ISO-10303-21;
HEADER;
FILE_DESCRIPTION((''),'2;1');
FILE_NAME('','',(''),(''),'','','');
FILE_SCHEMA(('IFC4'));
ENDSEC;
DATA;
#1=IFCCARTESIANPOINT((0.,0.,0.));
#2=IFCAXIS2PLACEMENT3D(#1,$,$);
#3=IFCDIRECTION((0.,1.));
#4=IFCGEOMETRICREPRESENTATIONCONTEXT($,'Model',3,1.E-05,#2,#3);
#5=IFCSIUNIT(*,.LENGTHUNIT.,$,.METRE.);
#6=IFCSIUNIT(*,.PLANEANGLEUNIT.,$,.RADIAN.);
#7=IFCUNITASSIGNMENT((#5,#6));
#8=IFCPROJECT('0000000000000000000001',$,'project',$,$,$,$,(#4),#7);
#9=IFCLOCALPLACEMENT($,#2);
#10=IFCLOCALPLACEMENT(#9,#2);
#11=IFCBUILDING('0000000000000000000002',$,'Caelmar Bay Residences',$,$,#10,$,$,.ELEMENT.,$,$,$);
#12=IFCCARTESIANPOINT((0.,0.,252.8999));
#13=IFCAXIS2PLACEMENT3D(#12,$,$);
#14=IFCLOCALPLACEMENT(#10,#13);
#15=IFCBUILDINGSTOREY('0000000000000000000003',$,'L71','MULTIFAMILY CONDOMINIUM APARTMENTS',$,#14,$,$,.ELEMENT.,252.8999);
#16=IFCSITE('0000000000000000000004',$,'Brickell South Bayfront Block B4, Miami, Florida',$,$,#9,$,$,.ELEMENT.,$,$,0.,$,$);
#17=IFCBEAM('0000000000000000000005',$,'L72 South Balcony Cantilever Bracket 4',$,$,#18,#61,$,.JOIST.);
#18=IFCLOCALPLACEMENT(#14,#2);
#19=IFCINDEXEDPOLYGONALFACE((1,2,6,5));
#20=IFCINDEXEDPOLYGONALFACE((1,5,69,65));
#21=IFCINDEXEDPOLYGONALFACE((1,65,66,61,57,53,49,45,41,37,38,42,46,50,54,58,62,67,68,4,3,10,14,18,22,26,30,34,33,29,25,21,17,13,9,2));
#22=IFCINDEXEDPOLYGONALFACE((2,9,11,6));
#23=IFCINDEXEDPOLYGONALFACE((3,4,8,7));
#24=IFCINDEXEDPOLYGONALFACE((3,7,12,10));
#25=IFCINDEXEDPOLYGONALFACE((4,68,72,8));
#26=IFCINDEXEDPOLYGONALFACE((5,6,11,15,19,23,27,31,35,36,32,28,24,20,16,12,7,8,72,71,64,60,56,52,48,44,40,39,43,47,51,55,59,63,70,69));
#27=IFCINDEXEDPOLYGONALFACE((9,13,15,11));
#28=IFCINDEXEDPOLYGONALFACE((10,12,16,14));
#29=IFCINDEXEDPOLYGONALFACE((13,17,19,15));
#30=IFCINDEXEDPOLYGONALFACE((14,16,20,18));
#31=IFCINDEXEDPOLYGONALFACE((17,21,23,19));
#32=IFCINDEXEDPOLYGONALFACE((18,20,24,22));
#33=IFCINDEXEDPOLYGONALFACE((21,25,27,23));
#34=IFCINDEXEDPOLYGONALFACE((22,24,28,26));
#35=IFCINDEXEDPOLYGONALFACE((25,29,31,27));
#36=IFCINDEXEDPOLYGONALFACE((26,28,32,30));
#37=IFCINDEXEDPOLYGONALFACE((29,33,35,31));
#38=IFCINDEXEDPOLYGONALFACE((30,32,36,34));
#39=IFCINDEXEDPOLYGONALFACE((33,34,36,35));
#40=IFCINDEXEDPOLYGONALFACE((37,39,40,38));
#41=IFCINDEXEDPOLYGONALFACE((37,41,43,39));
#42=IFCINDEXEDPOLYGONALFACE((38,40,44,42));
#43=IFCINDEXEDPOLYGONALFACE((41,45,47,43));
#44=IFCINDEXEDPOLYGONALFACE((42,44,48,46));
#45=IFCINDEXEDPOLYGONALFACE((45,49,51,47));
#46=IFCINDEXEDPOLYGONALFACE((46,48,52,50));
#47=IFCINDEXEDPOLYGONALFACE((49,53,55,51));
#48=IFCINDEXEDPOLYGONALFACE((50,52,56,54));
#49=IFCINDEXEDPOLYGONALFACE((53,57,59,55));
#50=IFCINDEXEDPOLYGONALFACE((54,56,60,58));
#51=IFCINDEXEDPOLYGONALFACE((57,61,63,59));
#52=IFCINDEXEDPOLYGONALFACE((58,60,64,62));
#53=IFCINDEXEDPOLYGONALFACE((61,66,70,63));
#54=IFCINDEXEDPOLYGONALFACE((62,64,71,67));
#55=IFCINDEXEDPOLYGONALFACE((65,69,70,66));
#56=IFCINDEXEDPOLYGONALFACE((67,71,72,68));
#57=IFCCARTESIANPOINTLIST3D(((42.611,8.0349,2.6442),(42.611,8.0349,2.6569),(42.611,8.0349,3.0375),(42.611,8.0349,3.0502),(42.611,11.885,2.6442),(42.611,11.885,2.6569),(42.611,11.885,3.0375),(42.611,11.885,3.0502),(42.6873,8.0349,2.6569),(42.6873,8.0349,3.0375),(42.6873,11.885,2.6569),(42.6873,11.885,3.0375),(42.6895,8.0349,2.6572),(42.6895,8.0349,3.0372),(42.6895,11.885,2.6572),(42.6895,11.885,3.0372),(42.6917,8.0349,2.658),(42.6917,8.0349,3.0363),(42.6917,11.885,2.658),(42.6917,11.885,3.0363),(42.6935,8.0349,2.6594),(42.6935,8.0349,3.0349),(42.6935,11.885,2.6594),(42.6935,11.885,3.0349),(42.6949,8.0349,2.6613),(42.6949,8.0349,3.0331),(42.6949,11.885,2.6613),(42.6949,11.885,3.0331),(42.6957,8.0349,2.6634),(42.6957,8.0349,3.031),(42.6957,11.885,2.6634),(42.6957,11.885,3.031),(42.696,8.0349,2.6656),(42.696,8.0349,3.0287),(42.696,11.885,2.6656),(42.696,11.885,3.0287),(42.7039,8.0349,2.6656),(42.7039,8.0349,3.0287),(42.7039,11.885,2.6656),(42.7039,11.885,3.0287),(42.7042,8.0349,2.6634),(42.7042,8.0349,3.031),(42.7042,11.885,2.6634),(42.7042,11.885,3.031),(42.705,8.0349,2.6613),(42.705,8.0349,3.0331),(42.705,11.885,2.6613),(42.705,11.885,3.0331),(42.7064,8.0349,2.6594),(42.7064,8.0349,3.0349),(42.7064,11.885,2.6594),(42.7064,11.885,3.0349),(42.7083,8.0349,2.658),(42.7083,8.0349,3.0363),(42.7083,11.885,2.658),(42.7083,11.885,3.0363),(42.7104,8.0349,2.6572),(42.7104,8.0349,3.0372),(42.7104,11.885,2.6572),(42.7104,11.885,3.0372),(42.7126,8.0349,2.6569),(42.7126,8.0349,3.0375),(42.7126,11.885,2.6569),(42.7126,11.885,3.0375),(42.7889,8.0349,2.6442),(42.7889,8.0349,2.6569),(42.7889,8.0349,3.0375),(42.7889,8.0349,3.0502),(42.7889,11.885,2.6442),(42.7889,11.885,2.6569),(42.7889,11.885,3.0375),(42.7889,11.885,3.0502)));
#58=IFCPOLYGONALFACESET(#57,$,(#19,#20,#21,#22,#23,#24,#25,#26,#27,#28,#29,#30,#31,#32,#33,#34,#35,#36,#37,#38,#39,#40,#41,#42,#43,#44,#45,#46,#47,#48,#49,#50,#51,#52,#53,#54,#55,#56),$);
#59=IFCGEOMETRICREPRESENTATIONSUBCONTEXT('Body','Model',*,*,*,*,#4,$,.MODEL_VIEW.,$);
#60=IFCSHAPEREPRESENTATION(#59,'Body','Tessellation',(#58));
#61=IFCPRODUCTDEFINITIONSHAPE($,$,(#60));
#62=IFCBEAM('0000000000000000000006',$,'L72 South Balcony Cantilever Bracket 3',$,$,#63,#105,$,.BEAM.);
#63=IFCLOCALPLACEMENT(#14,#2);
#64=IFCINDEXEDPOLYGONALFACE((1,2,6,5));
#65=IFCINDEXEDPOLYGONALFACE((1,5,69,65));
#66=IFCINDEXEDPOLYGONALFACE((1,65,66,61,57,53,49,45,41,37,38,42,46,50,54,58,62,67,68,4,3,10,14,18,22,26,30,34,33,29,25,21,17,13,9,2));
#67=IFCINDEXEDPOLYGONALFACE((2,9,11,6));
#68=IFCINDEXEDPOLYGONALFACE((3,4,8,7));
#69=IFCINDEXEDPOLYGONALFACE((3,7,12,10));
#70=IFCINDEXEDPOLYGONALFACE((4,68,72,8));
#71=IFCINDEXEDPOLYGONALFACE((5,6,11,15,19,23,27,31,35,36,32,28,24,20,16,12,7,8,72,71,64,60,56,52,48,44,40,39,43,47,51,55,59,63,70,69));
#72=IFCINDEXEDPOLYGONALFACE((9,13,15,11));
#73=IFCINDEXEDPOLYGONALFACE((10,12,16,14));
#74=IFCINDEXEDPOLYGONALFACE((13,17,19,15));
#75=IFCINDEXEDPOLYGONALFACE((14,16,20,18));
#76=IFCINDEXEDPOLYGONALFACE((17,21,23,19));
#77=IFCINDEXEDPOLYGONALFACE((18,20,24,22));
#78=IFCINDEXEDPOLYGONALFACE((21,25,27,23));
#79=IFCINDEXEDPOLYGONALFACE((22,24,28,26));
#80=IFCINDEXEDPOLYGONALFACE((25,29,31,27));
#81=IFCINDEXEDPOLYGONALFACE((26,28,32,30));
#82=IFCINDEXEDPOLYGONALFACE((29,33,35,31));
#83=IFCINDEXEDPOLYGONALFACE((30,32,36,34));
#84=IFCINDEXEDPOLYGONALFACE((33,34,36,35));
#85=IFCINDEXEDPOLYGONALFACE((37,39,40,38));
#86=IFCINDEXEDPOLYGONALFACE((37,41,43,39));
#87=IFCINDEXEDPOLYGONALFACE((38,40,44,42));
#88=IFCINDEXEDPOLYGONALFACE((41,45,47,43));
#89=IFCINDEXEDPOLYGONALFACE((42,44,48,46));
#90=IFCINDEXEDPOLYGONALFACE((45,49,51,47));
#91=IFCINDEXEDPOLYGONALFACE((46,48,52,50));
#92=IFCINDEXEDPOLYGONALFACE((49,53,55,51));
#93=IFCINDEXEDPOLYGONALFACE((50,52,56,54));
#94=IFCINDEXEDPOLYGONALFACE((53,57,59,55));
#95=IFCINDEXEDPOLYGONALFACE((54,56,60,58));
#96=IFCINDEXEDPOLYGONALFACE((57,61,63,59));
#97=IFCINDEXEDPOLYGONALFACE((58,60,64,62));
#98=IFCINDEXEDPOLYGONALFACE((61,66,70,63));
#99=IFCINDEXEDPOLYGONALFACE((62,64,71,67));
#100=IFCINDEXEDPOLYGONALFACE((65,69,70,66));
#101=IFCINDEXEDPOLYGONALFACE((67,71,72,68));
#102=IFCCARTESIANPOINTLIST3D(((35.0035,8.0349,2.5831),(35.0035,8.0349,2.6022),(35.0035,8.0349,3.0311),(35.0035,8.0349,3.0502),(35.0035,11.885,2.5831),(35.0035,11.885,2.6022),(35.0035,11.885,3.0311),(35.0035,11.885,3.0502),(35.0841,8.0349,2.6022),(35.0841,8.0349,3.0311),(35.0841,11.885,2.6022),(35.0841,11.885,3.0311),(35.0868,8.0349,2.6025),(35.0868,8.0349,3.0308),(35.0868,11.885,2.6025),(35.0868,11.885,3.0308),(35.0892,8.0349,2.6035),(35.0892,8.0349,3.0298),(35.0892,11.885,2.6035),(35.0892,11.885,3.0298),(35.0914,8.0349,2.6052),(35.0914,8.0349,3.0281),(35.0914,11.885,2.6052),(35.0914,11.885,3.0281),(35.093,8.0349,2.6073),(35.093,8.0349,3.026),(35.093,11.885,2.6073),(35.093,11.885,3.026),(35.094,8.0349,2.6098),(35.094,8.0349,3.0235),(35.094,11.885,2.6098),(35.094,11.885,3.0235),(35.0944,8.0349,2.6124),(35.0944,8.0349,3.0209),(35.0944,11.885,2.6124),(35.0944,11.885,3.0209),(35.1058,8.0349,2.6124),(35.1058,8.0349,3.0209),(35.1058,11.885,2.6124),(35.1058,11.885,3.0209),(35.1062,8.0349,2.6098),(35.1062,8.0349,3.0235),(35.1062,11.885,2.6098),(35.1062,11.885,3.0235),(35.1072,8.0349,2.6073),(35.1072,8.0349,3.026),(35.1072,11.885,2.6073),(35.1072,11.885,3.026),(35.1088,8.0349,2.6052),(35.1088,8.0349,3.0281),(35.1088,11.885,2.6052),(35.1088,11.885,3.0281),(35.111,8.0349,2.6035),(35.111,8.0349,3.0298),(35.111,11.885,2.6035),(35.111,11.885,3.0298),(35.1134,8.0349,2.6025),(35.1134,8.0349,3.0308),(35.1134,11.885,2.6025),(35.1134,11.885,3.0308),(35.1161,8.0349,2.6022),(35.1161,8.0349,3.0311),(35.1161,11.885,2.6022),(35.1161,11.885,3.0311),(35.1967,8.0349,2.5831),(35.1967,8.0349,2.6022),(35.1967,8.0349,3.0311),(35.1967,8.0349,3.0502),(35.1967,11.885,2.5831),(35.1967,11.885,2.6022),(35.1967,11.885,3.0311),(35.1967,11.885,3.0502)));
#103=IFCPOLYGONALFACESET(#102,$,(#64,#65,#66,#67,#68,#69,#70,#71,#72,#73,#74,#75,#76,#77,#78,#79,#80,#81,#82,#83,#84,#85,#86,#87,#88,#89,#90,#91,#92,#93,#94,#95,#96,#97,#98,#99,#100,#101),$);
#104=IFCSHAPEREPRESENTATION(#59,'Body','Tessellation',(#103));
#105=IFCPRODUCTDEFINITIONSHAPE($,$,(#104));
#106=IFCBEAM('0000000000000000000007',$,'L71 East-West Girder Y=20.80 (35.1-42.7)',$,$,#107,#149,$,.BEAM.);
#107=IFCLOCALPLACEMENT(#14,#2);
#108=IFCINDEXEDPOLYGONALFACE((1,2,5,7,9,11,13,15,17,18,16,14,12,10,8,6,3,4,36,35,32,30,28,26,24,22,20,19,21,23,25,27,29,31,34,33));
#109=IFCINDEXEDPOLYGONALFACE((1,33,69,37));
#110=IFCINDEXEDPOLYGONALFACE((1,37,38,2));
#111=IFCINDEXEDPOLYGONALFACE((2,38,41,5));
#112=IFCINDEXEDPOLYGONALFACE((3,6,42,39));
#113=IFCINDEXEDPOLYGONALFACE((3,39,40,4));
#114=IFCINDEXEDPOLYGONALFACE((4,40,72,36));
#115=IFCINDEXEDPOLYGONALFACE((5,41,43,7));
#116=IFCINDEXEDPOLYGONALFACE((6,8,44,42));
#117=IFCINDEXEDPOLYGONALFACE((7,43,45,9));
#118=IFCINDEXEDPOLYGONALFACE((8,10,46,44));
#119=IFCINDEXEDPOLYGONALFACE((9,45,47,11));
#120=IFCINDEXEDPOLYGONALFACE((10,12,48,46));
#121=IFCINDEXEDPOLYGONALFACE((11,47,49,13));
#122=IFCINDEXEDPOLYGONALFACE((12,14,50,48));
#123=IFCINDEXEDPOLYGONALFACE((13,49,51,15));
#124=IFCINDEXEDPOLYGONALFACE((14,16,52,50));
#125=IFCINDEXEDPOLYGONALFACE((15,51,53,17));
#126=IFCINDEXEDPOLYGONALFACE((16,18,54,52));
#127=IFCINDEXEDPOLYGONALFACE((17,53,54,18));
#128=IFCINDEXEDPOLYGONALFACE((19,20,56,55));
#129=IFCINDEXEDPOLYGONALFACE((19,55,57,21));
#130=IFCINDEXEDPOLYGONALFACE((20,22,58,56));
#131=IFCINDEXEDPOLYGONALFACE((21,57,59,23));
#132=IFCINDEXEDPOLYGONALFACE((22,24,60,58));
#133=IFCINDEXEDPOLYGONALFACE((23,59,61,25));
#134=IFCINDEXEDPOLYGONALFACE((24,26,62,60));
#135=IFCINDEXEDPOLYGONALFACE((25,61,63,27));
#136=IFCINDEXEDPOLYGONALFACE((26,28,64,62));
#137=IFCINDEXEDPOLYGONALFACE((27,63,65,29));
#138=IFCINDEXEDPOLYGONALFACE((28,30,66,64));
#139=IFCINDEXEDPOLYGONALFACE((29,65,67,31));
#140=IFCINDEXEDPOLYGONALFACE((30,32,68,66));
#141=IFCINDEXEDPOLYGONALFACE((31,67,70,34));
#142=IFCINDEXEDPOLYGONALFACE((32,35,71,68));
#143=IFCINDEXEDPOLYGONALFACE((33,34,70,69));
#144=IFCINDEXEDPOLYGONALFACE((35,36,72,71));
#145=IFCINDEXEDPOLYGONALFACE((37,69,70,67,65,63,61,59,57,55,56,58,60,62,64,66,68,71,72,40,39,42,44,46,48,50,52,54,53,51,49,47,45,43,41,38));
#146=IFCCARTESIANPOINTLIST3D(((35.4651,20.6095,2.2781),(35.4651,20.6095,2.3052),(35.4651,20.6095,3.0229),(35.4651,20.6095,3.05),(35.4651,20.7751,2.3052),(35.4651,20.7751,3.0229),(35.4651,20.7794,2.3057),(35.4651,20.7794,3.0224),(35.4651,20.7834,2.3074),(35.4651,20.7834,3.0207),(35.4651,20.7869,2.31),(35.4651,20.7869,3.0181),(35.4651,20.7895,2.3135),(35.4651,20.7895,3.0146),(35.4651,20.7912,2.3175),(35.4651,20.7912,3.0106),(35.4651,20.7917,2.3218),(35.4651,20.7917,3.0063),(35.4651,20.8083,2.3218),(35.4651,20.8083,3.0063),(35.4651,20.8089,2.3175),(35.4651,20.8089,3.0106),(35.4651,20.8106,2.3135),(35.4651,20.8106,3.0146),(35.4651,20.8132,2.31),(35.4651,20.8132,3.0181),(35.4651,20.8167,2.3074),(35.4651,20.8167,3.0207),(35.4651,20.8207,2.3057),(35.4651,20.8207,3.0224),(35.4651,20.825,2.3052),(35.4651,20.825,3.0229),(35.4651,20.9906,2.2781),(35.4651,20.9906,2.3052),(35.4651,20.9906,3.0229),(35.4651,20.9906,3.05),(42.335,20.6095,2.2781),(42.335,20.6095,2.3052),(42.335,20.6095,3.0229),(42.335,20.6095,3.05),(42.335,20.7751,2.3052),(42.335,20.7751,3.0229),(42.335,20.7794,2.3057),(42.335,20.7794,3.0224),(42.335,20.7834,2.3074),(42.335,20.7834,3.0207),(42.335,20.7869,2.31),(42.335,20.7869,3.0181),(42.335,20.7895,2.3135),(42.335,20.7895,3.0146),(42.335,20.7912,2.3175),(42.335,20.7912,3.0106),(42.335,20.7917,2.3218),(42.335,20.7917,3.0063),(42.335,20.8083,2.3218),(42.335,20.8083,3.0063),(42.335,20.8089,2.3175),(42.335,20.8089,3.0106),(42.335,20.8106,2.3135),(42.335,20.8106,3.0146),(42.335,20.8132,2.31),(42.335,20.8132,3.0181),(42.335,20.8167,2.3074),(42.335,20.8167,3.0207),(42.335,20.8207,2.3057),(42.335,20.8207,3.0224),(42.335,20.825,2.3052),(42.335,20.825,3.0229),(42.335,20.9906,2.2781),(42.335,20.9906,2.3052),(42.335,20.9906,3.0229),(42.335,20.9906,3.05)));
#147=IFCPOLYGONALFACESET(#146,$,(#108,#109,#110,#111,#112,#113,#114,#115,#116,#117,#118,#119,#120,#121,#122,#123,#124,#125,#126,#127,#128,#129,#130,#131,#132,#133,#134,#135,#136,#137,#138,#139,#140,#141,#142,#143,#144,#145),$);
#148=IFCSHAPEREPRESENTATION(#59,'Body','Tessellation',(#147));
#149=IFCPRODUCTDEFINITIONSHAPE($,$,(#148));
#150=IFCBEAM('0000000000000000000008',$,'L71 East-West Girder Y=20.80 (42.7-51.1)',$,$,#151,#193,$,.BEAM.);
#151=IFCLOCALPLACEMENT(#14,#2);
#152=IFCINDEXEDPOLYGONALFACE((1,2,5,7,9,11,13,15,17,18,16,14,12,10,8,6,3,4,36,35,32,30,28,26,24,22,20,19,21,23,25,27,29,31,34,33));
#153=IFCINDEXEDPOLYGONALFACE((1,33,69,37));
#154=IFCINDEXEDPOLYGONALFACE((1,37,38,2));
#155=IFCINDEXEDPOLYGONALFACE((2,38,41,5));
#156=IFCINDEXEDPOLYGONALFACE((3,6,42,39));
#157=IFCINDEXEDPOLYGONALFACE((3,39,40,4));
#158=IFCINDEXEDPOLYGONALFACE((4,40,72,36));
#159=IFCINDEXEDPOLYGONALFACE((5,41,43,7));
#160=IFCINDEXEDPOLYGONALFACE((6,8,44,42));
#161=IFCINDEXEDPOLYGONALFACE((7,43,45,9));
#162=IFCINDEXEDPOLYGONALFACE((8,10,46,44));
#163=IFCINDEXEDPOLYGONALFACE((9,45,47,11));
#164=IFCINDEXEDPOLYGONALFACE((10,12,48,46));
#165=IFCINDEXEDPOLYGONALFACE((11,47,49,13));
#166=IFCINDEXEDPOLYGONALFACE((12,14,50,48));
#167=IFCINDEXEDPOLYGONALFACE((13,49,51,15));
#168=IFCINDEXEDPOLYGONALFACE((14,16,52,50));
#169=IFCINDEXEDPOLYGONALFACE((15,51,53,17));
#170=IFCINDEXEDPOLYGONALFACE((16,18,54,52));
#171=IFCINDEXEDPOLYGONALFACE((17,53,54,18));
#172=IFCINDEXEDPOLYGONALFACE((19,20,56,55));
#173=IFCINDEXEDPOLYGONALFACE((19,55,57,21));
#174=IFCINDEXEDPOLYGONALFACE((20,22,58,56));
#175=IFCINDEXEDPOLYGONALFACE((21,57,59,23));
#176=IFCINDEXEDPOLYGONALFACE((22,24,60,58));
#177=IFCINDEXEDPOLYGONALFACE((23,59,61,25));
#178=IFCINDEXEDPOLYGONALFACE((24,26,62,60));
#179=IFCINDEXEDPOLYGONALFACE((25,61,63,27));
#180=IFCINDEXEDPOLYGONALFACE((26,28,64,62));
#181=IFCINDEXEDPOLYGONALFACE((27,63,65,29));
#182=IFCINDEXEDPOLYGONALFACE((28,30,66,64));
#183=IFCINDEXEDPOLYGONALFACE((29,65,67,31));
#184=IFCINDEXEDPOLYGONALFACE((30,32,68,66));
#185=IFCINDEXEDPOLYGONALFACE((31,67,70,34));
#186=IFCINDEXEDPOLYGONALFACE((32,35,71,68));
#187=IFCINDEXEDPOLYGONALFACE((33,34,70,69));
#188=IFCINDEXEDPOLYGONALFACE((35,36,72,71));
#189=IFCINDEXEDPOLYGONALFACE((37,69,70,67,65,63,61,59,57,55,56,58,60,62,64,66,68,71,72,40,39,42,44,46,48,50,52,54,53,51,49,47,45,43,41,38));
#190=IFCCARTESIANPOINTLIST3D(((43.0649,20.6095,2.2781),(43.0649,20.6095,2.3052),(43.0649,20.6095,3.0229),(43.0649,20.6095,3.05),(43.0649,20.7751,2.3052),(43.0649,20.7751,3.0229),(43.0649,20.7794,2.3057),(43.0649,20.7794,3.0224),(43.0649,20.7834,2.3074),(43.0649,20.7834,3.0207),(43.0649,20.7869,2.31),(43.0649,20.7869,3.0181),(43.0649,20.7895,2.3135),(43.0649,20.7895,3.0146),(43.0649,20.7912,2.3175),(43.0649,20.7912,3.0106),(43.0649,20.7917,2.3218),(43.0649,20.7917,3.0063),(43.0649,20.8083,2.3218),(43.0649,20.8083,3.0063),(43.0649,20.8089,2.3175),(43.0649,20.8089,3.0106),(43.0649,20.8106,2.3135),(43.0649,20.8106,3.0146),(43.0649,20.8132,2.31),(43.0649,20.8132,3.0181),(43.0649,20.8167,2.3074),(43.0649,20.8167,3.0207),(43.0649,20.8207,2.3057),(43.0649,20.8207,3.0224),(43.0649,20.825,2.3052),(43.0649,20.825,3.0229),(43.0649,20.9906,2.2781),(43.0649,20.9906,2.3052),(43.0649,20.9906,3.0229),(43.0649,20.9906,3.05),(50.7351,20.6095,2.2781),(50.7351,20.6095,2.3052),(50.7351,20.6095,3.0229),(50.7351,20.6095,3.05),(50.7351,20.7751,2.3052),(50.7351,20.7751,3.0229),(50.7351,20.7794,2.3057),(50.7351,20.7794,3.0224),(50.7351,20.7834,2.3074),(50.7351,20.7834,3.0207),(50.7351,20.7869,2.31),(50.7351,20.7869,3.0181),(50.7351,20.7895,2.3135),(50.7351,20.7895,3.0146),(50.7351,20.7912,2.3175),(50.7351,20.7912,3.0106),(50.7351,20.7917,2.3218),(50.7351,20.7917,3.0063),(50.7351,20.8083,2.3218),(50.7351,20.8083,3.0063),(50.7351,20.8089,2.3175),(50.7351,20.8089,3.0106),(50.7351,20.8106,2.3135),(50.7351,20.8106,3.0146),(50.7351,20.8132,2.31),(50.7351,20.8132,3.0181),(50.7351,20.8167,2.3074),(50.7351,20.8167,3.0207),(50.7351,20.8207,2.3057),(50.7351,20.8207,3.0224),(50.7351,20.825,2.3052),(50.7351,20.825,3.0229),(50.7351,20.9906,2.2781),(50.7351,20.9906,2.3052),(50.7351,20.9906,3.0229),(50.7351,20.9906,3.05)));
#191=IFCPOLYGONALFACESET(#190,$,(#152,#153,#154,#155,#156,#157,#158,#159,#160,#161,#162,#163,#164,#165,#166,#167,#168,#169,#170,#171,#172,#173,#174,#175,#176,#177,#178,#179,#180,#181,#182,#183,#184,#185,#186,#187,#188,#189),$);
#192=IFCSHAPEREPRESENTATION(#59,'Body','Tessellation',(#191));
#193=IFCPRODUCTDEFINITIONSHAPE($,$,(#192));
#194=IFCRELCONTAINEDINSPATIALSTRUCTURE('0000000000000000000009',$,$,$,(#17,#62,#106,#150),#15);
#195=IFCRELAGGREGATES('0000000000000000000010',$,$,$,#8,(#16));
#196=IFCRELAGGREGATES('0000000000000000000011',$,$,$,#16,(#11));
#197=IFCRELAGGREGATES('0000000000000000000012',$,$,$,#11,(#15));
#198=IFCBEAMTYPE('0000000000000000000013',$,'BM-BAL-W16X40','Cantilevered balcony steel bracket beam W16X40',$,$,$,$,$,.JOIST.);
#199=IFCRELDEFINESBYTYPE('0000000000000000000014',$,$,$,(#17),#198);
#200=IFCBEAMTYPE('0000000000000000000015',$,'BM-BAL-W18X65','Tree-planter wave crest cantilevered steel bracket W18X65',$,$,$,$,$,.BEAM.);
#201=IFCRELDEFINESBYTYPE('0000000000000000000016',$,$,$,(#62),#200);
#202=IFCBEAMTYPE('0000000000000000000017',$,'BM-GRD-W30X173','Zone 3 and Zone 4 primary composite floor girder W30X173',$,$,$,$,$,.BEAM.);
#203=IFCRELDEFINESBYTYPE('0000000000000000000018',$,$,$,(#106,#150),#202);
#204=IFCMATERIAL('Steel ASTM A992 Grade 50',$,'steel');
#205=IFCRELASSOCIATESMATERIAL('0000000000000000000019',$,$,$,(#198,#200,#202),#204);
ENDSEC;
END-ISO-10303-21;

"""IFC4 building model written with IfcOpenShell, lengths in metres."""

from ifc_helpers import new_model, si_unit, direction, frame, origin, origin_2d, place, context, subcontext, project, spatial, i_section, extrude, material, material_profile, profile_set, type_object, element, save


model = new_model("IFC4")

# Units and contexts
model_context = context("Model", 3, precision=1e-05, world=origin(), true_north=direction((0.0, 1.0)))
body_context = subcontext(model_context, "Body", "Model", "MODEL_VIEW")
ifc_project = project(units=[si_unit("LENGTHUNIT", "METRE"), si_unit("PLANEANGLEUNIT", "RADIAN")], contexts=[model_context])

# Site, building, storey
site_placement = place(None, origin())
site = spatial("IfcSite", under=ifc_project, at=site_placement, Name="Brickell South Bayfront Block B4, Miami, Florida", CompositionType="ELEMENT", RefElevation=0.0)
building_placement = place(site_placement, origin())
building = spatial("IfcBuilding", under=site, at=building_placement, Name="Caelmar Bay Residences", CompositionType="ELEMENT")
storey_placement = place(building_placement, frame((0.0, 0.0, 252.8999)))
storey = spatial("IfcBuildingStorey", under=building, at=storey_placement, Name="L71", Description="MULTIFAMILY CONDOMINIUM APARTMENTS", CompositionType="ELEMENT", Elevation=252.8999)

# Beams
ifc_material_1 = material(Name="Steel ASTM A992 Grade 50", Category="steel")
ifc_material_profile_1 = material_profile(ifc_material_1, i_section(OverallWidth=0.178, OverallDepth=0.406, WebThickness=0.0078, FlangeThickness=0.0127, FilletRadius=0.0088, at=origin_2d()), Name="W16X40")
ifc_profile_set_1 = profile_set([ifc_material_profile_1], Name="Steel ASTM A992 Grade 50")
beam_type_1 = type_object("IfcBeamType", Name="BM-BAL-W16X40", Description="Cantilevered balcony steel bracket beam W16X40", PredefinedType="JOIST", material=ifc_profile_set_1)
beam_1_placement = place(storey_placement, frame((42.7, 11.885, 2.8472), z_axis=(0.0, -1.0, 0.0), x_axis=(1.0, 0.0, 0.0)))
element("IfcBeam", 1, at=beam_1_placement, inside=storey, type_object=beam_type_1, Name="L72 South Balcony Cantilever Bracket 4", PredefinedType="JOIST", context=body_context, shape_type="SweptSolid", body=[
    extrude(i_section(OverallWidth=0.178, OverallDepth=0.406, WebThickness=0.0078, FlangeThickness=0.0127, FilletRadius=0.0088, at=origin_2d()), origin(), (0.0, 0.0, 1.0), 3.8501),
])
ifc_material_profile_2 = material_profile(ifc_material_1, i_section(OverallWidth=0.1931, OverallDepth=0.467, WebThickness=0.0115, FlangeThickness=0.019, FilletRadius=0.0103, at=origin_2d()), Name="W18X65")
ifc_profile_set_2 = profile_set([ifc_material_profile_2], Name="Steel ASTM A992 Grade 50")
beam_type_2 = type_object("IfcBeamType", Name="BM-BAL-W18X65", Description="Tree-planter wave crest cantilevered steel bracket W18X65", PredefinedType="BEAM", material=ifc_profile_set_2)
beam_2_placement = place(storey_placement, frame((35.1001, 11.885, 2.8167), z_axis=(0.0, -1.0, 0.0), x_axis=(1.0, 0.0, 0.0)))
element("IfcBeam", 2, at=beam_2_placement, inside=storey, type_object=beam_type_2, Name="L72 South Balcony Cantilever Bracket 3", PredefinedType="BEAM", context=body_context, shape_type="SweptSolid", body=[
    extrude(i_section(OverallWidth=0.1931, OverallDepth=0.467, WebThickness=0.0115, FlangeThickness=0.019, FilletRadius=0.0103, at=origin_2d()), origin(), (0.0, 0.0, 1.0), 3.8501),
])
ifc_material_profile_3 = material_profile(ifc_material_1, i_section(OverallWidth=0.3811, OverallDepth=0.772, WebThickness=0.0166, FlangeThickness=0.0271, FilletRadius=0.0166, at=origin_2d()), Name="W30X173")
ifc_profile_set_3 = profile_set([ifc_material_profile_3], Name="Steel ASTM A992 Grade 50")
beam_type_3 = type_object("IfcBeamType", Name="BM-GRD-W30X173", Description="Zone 3 and Zone 4 primary composite floor girder W30X173", PredefinedType="BEAM", material=ifc_profile_set_3)
beam_3_placement = place(storey_placement, frame((35.4651, 20.8, 2.6641), z_axis=(1.0, 0.0, 0.0), x_axis=(0.0, 1.0, 0.0)))
element("IfcBeam", 3, at=beam_3_placement, inside=storey, type_object=beam_type_3, Name="L71 East-West Girder Y=20.80 (35.1-42.7)", PredefinedType="BEAM", context=body_context, shape_type="SweptSolid", body=[
    extrude(i_section(OverallWidth=0.3811, OverallDepth=0.772, WebThickness=0.0166, FlangeThickness=0.0271, FilletRadius=0.0166, at=origin_2d()), origin(), (0.0, 0.0, 1.0), 6.8699),
])
beam_4_placement = place(storey_placement, frame((43.0649, 20.8, 2.6641), z_axis=(1.0, 0.0, 0.0), x_axis=(0.0, 1.0, 0.0)))
element("IfcBeam", 4, at=beam_4_placement, inside=storey, type_object=beam_type_3, Name="L71 East-West Girder Y=20.80 (42.7-51.1)", PredefinedType="BEAM", context=body_context, shape_type="SweptSolid", body=[
    extrude(i_section(OverallWidth=0.3811, OverallDepth=0.772, WebThickness=0.0166, FlangeThickness=0.0271, FilletRadius=0.0166, at=origin_2d()), origin(), (0.0, 0.0, 1.0), 7.6702),
])

save(model, "model.ifc")
